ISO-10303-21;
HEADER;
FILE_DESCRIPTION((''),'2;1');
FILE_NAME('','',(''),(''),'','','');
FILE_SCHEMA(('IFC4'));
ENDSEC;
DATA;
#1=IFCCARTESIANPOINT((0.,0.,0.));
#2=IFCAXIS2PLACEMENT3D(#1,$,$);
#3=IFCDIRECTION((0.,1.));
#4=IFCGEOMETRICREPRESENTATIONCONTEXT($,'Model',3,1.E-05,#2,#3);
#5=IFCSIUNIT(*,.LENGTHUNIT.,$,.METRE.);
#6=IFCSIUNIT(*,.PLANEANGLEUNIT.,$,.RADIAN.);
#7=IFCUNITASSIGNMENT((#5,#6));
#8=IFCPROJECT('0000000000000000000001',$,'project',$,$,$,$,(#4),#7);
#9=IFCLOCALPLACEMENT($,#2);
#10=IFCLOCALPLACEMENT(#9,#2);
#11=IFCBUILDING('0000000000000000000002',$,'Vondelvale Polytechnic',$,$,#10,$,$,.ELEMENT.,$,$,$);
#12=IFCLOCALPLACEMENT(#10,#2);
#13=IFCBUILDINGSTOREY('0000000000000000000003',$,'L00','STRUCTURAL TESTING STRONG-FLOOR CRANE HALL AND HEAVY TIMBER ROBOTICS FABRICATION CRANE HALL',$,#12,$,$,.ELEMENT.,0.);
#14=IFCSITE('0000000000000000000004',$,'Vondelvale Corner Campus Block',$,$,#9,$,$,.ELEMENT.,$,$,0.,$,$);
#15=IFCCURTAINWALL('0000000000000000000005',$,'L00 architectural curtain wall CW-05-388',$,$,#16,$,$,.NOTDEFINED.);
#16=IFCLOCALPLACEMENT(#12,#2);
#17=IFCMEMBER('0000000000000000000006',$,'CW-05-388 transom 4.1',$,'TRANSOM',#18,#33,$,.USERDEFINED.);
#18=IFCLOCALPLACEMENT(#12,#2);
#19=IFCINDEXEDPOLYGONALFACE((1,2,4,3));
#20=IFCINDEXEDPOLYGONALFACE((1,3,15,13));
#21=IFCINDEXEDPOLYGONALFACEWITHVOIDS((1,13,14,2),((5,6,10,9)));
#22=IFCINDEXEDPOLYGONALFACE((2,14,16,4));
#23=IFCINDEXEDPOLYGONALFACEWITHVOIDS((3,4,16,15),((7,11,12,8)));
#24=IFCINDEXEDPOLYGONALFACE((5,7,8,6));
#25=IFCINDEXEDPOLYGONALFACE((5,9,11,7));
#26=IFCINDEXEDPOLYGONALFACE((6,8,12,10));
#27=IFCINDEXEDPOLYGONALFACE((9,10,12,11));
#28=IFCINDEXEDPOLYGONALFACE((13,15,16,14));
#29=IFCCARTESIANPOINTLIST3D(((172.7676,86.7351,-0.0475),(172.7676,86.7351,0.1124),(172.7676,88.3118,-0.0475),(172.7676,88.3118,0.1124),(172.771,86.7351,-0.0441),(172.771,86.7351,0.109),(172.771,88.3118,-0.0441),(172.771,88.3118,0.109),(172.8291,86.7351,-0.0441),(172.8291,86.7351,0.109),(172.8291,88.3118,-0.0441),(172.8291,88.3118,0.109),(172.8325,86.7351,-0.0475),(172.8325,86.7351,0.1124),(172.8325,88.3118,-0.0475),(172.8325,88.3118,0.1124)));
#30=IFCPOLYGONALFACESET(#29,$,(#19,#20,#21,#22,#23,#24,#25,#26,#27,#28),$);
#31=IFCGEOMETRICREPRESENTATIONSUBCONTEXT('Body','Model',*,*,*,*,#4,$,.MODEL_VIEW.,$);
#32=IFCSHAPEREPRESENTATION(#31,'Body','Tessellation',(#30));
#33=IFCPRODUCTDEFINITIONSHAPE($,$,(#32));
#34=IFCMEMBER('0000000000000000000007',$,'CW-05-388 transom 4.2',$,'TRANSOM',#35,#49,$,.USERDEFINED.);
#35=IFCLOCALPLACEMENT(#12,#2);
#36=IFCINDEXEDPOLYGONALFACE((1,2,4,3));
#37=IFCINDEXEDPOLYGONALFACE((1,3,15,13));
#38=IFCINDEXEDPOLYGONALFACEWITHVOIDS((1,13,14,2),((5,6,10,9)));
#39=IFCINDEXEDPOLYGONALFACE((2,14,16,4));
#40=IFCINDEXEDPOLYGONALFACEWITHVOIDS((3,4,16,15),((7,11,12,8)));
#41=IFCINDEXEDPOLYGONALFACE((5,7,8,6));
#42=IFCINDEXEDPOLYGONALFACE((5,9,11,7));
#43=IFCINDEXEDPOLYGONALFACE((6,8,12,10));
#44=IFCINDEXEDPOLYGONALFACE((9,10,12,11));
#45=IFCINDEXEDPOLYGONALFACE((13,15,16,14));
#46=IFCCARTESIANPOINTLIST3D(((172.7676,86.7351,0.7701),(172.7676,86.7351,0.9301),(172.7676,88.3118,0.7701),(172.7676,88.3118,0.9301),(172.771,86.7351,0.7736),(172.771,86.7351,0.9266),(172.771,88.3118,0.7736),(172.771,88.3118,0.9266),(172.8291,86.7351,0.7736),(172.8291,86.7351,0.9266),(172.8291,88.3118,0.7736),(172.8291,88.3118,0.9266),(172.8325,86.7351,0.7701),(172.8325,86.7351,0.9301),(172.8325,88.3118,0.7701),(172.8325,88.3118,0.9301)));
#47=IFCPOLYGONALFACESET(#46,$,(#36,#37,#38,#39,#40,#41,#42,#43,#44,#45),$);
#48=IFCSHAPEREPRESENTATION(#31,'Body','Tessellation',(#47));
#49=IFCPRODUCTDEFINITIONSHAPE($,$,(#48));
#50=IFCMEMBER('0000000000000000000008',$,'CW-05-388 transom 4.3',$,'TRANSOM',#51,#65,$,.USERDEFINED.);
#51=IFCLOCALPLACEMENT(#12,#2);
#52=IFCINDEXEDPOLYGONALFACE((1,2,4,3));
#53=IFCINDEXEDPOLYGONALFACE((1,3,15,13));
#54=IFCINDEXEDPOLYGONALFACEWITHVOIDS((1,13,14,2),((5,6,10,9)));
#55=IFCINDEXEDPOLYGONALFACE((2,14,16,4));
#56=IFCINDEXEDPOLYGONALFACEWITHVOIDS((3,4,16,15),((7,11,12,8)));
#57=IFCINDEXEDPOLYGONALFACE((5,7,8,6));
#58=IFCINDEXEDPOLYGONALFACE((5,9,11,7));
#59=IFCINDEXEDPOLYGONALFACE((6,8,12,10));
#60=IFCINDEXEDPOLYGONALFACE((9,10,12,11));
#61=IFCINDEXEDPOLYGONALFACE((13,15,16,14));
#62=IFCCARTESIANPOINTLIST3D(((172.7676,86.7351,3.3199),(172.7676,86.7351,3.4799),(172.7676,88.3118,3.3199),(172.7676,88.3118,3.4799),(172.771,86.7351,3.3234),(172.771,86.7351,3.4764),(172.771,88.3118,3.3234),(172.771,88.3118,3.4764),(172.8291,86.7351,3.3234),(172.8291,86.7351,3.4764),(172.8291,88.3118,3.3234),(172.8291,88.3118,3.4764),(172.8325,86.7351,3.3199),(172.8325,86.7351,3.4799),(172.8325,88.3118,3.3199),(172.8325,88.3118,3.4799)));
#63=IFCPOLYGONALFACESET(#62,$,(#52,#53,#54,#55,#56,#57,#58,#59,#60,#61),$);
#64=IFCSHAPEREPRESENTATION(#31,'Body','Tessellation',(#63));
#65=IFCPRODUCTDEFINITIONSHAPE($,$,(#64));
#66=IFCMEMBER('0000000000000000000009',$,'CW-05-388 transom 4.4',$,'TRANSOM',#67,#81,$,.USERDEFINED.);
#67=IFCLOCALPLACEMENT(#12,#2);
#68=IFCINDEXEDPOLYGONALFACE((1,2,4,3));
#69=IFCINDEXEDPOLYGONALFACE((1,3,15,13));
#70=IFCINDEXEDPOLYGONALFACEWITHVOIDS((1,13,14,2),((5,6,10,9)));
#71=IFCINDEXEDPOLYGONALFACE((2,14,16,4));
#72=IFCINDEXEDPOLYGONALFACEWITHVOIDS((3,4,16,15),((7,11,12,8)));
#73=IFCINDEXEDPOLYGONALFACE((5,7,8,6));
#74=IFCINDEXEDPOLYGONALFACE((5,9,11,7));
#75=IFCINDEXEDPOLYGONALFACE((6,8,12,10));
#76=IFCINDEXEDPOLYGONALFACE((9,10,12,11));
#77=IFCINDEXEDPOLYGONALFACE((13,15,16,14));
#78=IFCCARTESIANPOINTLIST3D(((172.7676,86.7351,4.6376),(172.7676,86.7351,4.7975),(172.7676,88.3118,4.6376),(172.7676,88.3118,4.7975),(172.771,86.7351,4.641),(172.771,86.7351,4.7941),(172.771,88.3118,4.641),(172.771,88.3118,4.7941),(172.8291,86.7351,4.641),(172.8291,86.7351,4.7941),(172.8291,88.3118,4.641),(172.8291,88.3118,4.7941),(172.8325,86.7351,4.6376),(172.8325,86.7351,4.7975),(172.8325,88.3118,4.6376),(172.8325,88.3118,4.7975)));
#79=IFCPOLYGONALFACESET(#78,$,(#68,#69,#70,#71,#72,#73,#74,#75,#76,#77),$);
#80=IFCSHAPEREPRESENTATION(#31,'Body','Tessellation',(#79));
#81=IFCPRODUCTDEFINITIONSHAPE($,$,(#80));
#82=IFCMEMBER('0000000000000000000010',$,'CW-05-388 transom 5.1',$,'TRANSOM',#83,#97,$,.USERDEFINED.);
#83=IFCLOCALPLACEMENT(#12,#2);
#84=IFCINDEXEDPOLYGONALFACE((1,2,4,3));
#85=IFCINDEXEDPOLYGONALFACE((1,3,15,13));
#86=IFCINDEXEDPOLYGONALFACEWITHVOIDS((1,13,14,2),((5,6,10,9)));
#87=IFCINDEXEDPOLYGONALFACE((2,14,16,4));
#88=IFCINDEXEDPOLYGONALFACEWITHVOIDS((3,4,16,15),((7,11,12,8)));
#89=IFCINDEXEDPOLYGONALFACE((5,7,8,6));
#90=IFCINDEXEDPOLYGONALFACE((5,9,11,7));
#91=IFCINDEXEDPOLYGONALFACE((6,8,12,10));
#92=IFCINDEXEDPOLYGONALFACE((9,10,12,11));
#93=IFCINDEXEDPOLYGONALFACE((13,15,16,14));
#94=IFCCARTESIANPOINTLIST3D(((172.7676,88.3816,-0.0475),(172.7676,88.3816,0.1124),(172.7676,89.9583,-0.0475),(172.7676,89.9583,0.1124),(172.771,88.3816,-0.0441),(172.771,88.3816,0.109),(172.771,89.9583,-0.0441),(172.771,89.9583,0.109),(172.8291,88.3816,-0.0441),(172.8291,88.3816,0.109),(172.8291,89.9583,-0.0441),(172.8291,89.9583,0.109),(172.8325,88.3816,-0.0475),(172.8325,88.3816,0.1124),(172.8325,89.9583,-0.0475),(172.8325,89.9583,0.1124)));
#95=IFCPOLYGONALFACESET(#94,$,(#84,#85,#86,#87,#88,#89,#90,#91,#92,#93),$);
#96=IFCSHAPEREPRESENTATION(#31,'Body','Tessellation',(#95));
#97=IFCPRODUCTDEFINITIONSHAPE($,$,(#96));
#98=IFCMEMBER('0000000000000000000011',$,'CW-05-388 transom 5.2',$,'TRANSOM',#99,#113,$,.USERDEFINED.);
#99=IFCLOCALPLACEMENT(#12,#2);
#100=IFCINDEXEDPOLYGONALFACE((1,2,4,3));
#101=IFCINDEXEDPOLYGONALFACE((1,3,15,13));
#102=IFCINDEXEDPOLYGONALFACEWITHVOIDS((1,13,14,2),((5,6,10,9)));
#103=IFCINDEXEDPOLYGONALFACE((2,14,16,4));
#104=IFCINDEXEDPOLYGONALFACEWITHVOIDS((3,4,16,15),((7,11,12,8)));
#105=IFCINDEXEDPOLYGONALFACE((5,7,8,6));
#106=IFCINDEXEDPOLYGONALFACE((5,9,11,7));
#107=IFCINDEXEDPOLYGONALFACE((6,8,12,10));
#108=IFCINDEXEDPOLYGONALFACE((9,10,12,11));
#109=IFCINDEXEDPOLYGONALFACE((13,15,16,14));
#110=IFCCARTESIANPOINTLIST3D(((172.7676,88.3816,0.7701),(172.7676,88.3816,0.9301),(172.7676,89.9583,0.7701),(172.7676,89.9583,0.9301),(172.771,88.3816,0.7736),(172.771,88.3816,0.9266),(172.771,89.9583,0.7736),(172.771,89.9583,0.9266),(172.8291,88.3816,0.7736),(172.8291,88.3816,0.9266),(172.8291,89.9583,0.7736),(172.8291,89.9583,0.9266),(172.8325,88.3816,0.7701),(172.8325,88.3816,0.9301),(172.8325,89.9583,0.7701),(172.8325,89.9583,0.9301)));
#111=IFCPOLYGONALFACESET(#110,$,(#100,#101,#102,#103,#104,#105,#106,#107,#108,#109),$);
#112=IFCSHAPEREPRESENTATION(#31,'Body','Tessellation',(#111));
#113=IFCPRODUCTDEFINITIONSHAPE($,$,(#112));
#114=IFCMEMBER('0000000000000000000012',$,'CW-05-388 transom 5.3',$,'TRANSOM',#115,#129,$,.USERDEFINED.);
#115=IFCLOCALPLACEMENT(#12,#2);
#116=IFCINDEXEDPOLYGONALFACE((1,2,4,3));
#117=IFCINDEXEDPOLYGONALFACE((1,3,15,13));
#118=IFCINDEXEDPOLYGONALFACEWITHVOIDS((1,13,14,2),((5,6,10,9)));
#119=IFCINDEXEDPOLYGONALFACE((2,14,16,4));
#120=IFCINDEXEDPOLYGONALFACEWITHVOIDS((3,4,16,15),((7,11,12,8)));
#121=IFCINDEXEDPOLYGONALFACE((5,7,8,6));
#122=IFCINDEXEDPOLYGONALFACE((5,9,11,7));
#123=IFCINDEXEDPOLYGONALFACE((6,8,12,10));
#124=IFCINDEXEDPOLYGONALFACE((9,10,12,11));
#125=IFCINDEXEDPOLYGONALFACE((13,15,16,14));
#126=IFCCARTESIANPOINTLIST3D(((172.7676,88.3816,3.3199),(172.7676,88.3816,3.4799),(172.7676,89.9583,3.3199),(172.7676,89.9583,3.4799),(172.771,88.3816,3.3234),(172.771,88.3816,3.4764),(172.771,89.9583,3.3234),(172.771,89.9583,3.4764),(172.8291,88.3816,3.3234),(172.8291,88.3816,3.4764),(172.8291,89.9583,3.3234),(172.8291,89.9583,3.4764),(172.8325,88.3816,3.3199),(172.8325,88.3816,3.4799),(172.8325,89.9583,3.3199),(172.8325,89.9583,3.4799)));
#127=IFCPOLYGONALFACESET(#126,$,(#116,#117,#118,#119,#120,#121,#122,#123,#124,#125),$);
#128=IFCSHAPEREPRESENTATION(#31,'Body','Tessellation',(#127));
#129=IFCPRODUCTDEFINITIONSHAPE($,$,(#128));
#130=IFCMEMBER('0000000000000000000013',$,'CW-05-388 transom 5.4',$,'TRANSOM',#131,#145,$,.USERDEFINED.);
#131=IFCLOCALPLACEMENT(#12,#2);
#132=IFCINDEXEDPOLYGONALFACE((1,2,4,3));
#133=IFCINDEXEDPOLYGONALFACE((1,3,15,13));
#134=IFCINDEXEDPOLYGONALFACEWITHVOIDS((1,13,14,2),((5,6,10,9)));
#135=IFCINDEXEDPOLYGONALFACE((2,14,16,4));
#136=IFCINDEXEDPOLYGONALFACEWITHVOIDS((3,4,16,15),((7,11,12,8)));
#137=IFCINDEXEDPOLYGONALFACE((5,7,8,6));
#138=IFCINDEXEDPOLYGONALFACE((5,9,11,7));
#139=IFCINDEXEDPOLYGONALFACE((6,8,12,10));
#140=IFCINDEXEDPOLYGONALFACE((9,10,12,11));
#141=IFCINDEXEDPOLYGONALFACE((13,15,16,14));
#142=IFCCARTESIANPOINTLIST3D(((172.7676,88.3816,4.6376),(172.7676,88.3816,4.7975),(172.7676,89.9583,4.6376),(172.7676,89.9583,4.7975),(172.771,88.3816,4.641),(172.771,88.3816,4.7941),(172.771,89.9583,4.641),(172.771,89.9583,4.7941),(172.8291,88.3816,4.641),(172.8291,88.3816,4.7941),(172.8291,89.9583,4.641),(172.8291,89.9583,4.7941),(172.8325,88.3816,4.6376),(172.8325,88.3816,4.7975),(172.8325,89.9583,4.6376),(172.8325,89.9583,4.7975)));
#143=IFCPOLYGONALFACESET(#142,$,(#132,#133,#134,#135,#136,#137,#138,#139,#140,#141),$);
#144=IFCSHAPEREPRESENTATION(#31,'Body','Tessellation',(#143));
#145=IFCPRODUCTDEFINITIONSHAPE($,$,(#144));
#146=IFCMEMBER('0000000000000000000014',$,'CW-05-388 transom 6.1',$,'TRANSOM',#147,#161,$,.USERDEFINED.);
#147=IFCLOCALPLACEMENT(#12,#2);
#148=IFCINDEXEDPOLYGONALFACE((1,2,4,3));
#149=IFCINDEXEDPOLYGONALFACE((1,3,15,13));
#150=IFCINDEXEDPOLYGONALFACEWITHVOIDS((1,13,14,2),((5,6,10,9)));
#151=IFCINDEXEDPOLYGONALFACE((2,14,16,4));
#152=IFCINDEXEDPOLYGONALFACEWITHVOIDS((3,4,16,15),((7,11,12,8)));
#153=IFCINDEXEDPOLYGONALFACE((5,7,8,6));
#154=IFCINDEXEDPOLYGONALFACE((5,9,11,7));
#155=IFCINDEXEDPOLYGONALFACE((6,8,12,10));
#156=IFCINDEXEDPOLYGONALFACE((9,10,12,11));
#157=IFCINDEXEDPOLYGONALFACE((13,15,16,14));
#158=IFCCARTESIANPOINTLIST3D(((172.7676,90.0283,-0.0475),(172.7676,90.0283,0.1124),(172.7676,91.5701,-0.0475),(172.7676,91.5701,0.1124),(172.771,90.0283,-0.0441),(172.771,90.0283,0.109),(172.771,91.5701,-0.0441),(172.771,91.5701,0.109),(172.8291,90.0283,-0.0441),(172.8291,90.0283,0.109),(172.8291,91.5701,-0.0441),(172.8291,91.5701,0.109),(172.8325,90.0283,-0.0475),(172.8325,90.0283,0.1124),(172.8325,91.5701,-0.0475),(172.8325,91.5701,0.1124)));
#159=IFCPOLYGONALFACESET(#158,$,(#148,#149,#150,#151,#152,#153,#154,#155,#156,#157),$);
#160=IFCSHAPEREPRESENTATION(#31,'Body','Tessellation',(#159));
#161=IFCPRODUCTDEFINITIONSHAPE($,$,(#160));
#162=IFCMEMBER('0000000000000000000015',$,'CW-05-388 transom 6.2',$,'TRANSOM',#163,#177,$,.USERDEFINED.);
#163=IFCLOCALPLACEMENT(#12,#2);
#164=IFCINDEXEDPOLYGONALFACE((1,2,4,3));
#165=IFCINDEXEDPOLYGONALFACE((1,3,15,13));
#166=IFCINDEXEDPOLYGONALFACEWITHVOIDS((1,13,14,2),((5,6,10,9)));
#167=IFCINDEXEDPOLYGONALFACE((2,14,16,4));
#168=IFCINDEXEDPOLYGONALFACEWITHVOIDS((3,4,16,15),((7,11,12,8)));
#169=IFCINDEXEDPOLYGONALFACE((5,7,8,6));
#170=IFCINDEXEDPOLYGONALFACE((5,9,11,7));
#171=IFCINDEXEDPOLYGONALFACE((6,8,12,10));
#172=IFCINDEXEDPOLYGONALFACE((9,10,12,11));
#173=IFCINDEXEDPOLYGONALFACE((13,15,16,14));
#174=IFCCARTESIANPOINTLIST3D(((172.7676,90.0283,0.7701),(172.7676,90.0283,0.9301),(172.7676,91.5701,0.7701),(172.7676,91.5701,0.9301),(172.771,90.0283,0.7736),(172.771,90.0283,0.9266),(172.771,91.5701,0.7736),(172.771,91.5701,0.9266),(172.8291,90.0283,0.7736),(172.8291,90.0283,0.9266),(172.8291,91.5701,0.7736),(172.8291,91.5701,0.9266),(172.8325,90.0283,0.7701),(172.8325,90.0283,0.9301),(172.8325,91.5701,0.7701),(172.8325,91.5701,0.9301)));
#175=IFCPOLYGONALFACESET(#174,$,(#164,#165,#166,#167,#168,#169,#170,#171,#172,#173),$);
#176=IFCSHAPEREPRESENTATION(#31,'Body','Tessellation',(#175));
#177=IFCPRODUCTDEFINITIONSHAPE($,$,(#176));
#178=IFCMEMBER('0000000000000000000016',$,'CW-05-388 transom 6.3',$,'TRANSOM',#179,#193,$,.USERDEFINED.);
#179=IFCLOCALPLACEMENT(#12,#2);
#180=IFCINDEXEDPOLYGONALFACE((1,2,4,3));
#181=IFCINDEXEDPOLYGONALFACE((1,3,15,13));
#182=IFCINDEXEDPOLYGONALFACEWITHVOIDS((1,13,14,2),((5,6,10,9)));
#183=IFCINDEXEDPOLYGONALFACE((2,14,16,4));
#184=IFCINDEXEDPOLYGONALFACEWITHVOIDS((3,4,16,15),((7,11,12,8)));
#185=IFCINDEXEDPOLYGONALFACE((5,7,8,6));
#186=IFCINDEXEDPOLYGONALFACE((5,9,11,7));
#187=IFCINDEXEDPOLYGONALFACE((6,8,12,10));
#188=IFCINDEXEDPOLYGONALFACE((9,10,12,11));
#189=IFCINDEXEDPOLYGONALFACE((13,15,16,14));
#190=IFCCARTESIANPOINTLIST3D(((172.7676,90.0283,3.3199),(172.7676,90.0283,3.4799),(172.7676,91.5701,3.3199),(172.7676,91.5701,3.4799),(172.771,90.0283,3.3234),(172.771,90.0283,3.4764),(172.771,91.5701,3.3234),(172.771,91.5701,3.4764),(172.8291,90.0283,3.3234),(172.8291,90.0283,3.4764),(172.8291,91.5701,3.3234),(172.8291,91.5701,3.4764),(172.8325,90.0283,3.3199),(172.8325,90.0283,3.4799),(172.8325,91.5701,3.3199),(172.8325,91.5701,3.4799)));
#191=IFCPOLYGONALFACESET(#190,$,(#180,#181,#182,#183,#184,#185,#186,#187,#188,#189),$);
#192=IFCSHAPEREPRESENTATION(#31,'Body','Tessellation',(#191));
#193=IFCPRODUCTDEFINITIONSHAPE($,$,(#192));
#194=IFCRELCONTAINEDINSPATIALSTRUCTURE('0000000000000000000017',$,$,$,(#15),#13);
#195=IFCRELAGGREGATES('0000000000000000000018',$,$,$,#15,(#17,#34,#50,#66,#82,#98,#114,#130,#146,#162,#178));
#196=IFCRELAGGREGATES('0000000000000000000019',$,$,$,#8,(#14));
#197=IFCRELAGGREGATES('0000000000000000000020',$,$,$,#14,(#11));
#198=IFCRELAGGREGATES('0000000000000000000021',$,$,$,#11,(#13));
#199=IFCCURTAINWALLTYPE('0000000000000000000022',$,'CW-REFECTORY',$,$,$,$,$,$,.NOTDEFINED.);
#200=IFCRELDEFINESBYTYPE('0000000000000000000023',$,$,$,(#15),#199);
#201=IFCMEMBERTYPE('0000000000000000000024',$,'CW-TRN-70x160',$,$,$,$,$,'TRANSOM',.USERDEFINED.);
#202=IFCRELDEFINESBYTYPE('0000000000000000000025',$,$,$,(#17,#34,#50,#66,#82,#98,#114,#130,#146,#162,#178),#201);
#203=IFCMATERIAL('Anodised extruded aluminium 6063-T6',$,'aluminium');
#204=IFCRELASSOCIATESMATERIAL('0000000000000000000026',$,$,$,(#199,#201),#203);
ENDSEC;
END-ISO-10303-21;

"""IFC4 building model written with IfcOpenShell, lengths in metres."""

from ifc_helpers import new_model, si_unit, direction, frame, origin, origin_2d, place, context, subcontext, project, spatial, hollow_rectangle, extrude, material, material_profile, profile_set, type_object, element, aggregate, save


model = new_model("IFC4")

# Units and contexts
model_context = context("Model", 3, precision=1e-05, world=origin(), true_north=direction((0.0, 1.0)))
body_context = subcontext(model_context, "Body", "Model", "MODEL_VIEW")
ifc_project = project(units=[si_unit("LENGTHUNIT", "METRE"), si_unit("PLANEANGLEUNIT", "RADIAN")], contexts=[model_context])

# Site, building, storey
site_placement = place(None, origin())
site = spatial("IfcSite", under=ifc_project, at=site_placement, Name="Vondelvale Corner Campus Block", CompositionType="ELEMENT", RefElevation=0.0)
building_placement = place(site_placement, origin())
building = spatial("IfcBuilding", under=site, at=building_placement, Name="Vondelvale Polytechnic", CompositionType="ELEMENT")
storey_placement = place(building_placement, origin())
storey = spatial("IfcBuildingStorey", under=building, at=storey_placement, Name="L00", Description="STRUCTURAL TESTING STRONG-FLOOR CRANE HALL AND HEAVY TIMBER ROBOTICS FABRICATION CRANE HALL", CompositionType="ELEMENT", Elevation=0.0)

# Curtain wall, members
ifc_material_1 = material(Name="Anodised extruded aluminium 6063-T6", Category="aluminium")
curtain_wall_type = type_object("IfcCurtainWallType", Name="CW-REFECTORY", PredefinedType="NOTDEFINED", material=ifc_material_1)
curtain_wall_placement = place(storey_placement, origin())
curtain_wall = element("IfcCurtainWall", 1, at=curtain_wall_placement, inside=storey, type_object=curtain_wall_type, Name="L00 architectural curtain wall CW-05-388", PredefinedType="NOTDEFINED")
ifc_material_profile_1 = material_profile(ifc_material_1, hollow_rectangle(XDim=0.0649, YDim=0.1599, WallThickness=0.0034, at=origin_2d()), Name="CW-TRN-160x65")
ifc_profile_set_1 = profile_set([ifc_material_profile_1], Name="Anodised extruded aluminium 6063-T6")
member_type_1 = type_object("IfcMemberType", Name="CW-TRN-70x160", ElementType="TRANSOM", PredefinedType="USERDEFINED", material=ifc_profile_set_1)
member_1_placement = place(storey_placement, frame((172.8, 86.7351, 0.0325), z_axis=(0.0, 1.0, 0.0), x_axis=(-1.0, 0.0, 0.0)))
member_1 = element("IfcMember", 2, at=member_1_placement, type_object=member_type_1, Name="CW-05-388 transom 4.1", ObjectType="TRANSOM", PredefinedType="USERDEFINED", context=body_context, shape_type="SweptSolid", body=[
    extrude(hollow_rectangle(XDim=0.0649, YDim=0.1599, WallThickness=0.0034, at=origin_2d()), origin(), (0.0, 0.0, 1.0), 1.5767),
])
member_2_placement = place(storey_placement, frame((172.8, 86.7351, 0.8501), z_axis=(0.0, 1.0, 0.0), x_axis=(-1.0, 0.0, 0.0)))
member_2 = element("IfcMember", 3, at=member_2_placement, type_object=member_type_1, Name="CW-05-388 transom 4.2", ObjectType="TRANSOM", PredefinedType="USERDEFINED", context=body_context, shape_type="SweptSolid", body=[
    extrude(hollow_rectangle(XDim=0.0649, YDim=0.1599, WallThickness=0.0034, at=origin_2d()), origin(), (0.0, 0.0, 1.0), 1.5767),
])
member_3_placement = place(storey_placement, frame((172.8, 86.7351, 3.3999), z_axis=(0.0, 1.0, 0.0), x_axis=(-1.0, 0.0, 0.0)))
member_3 = element("IfcMember", 4, at=member_3_placement, type_object=member_type_1, Name="CW-05-388 transom 4.3", ObjectType="TRANSOM", PredefinedType="USERDEFINED", context=body_context, shape_type="SweptSolid", body=[
    extrude(hollow_rectangle(XDim=0.0649, YDim=0.1599, WallThickness=0.0034, at=origin_2d()), origin(), (0.0, 0.0, 1.0), 1.5767),
])
member_4_placement = place(storey_placement, frame((172.8, 86.7351, 4.7175), z_axis=(0.0, 1.0, 0.0), x_axis=(-1.0, 0.0, 0.0)))
member_4 = element("IfcMember", 5, at=member_4_placement, type_object=member_type_1, Name="CW-05-388 transom 4.4", ObjectType="TRANSOM", PredefinedType="USERDEFINED", context=body_context, shape_type="SweptSolid", body=[
    extrude(hollow_rectangle(XDim=0.0649, YDim=0.1599, WallThickness=0.0034, at=origin_2d()), origin(), (0.0, 0.0, 1.0), 1.5767),
])
member_5_placement = place(storey_placement, frame((172.8, 88.3816, 0.0325), z_axis=(0.0, 1.0, 0.0), x_axis=(-1.0, 0.0, 0.0)))
member_5 = element("IfcMember", 6, at=member_5_placement, type_object=member_type_1, Name="CW-05-388 transom 5.1", ObjectType="TRANSOM", PredefinedType="USERDEFINED", context=body_context, shape_type="SweptSolid", body=[
    extrude(hollow_rectangle(XDim=0.0649, YDim=0.1599, WallThickness=0.0034, at=origin_2d()), origin(), (0.0, 0.0, 1.0), 1.5767),
])
member_6_placement = place(storey_placement, frame((172.8, 88.3816, 0.8501), z_axis=(0.0, 1.0, 0.0), x_axis=(-1.0, 0.0, 0.0)))
member_6 = element("IfcMember", 7, at=member_6_placement, type_object=member_type_1, Name="CW-05-388 transom 5.2", ObjectType="TRANSOM", PredefinedType="USERDEFINED", context=body_context, shape_type="SweptSolid", body=[
    extrude(hollow_rectangle(XDim=0.0649, YDim=0.1599, WallThickness=0.0034, at=origin_2d()), origin(), (0.0, 0.0, 1.0), 1.5767),
])
member_7_placement = place(storey_placement, frame((172.8, 88.3816, 3.3999), z_axis=(0.0, 1.0, 0.0), x_axis=(-1.0, 0.0, 0.0)))
member_7 = element("IfcMember", 8, at=member_7_placement, type_object=member_type_1, Name="CW-05-388 transom 5.3", ObjectType="TRANSOM", PredefinedType="USERDEFINED", context=body_context, shape_type="SweptSolid", body=[
    extrude(hollow_rectangle(XDim=0.0649, YDim=0.1599, WallThickness=0.0034, at=origin_2d()), origin(), (0.0, 0.0, 1.0), 1.5767),
])
member_8_placement = place(storey_placement, frame((172.8, 88.3816, 4.7175), z_axis=(0.0, 1.0, 0.0), x_axis=(-1.0, 0.0, 0.0)))
member_8 = element("IfcMember", 9, at=member_8_placement, type_object=member_type_1, Name="CW-05-388 transom 5.4", ObjectType="TRANSOM", PredefinedType="USERDEFINED", context=body_context, shape_type="SweptSolid", body=[
    extrude(hollow_rectangle(XDim=0.0649, YDim=0.1599, WallThickness=0.0034, at=origin_2d()), origin(), (0.0, 0.0, 1.0), 1.5767),
])
member_9_placement = place(storey_placement, frame((172.8, 90.0283, 0.0325), z_axis=(0.0, 1.0, 0.0), x_axis=(-1.0, 0.0, 0.0)))
member_9 = element("IfcMember", 10, at=member_9_placement, type_object=member_type_1, Name="CW-05-388 transom 6.1", ObjectType="TRANSOM", PredefinedType="USERDEFINED", context=body_context, shape_type="SweptSolid", body=[
    extrude(hollow_rectangle(XDim=0.0649, YDim=0.1599, WallThickness=0.0034, at=origin_2d()), origin(), (0.0, 0.0, 1.0), 1.5417),
])
member_10_placement = place(storey_placement, frame((172.8, 90.0283, 0.8501), z_axis=(0.0, 1.0, 0.0), x_axis=(-1.0, 0.0, 0.0)))
member_10 = element("IfcMember", 11, at=member_10_placement, type_object=member_type_1, Name="CW-05-388 transom 6.2", ObjectType="TRANSOM", PredefinedType="USERDEFINED", context=body_context, shape_type="SweptSolid", body=[
    extrude(hollow_rectangle(XDim=0.0649, YDim=0.1599, WallThickness=0.0034, at=origin_2d()), origin(), (0.0, 0.0, 1.0), 1.5417),
])
member_11_placement = place(storey_placement, frame((172.8, 90.0283, 3.3999), z_axis=(0.0, 1.0, 0.0), x_axis=(-1.0, 0.0, 0.0)))
member_11 = element("IfcMember", 12, at=member_11_placement, type_object=member_type_1, Name="CW-05-388 transom 6.3", ObjectType="TRANSOM", PredefinedType="USERDEFINED", context=body_context, shape_type="SweptSolid", body=[
    extrude(hollow_rectangle(XDim=0.0649, YDim=0.1599, WallThickness=0.0034, at=origin_2d()), origin(), (0.0, 0.0, 1.0), 1.5417),
])
aggregate(curtain_wall, [member_1, member_2, member_3, member_4, member_5, member_6, member_7, member_8, member_9, member_10, member_11])

save(model, "model.ifc")
